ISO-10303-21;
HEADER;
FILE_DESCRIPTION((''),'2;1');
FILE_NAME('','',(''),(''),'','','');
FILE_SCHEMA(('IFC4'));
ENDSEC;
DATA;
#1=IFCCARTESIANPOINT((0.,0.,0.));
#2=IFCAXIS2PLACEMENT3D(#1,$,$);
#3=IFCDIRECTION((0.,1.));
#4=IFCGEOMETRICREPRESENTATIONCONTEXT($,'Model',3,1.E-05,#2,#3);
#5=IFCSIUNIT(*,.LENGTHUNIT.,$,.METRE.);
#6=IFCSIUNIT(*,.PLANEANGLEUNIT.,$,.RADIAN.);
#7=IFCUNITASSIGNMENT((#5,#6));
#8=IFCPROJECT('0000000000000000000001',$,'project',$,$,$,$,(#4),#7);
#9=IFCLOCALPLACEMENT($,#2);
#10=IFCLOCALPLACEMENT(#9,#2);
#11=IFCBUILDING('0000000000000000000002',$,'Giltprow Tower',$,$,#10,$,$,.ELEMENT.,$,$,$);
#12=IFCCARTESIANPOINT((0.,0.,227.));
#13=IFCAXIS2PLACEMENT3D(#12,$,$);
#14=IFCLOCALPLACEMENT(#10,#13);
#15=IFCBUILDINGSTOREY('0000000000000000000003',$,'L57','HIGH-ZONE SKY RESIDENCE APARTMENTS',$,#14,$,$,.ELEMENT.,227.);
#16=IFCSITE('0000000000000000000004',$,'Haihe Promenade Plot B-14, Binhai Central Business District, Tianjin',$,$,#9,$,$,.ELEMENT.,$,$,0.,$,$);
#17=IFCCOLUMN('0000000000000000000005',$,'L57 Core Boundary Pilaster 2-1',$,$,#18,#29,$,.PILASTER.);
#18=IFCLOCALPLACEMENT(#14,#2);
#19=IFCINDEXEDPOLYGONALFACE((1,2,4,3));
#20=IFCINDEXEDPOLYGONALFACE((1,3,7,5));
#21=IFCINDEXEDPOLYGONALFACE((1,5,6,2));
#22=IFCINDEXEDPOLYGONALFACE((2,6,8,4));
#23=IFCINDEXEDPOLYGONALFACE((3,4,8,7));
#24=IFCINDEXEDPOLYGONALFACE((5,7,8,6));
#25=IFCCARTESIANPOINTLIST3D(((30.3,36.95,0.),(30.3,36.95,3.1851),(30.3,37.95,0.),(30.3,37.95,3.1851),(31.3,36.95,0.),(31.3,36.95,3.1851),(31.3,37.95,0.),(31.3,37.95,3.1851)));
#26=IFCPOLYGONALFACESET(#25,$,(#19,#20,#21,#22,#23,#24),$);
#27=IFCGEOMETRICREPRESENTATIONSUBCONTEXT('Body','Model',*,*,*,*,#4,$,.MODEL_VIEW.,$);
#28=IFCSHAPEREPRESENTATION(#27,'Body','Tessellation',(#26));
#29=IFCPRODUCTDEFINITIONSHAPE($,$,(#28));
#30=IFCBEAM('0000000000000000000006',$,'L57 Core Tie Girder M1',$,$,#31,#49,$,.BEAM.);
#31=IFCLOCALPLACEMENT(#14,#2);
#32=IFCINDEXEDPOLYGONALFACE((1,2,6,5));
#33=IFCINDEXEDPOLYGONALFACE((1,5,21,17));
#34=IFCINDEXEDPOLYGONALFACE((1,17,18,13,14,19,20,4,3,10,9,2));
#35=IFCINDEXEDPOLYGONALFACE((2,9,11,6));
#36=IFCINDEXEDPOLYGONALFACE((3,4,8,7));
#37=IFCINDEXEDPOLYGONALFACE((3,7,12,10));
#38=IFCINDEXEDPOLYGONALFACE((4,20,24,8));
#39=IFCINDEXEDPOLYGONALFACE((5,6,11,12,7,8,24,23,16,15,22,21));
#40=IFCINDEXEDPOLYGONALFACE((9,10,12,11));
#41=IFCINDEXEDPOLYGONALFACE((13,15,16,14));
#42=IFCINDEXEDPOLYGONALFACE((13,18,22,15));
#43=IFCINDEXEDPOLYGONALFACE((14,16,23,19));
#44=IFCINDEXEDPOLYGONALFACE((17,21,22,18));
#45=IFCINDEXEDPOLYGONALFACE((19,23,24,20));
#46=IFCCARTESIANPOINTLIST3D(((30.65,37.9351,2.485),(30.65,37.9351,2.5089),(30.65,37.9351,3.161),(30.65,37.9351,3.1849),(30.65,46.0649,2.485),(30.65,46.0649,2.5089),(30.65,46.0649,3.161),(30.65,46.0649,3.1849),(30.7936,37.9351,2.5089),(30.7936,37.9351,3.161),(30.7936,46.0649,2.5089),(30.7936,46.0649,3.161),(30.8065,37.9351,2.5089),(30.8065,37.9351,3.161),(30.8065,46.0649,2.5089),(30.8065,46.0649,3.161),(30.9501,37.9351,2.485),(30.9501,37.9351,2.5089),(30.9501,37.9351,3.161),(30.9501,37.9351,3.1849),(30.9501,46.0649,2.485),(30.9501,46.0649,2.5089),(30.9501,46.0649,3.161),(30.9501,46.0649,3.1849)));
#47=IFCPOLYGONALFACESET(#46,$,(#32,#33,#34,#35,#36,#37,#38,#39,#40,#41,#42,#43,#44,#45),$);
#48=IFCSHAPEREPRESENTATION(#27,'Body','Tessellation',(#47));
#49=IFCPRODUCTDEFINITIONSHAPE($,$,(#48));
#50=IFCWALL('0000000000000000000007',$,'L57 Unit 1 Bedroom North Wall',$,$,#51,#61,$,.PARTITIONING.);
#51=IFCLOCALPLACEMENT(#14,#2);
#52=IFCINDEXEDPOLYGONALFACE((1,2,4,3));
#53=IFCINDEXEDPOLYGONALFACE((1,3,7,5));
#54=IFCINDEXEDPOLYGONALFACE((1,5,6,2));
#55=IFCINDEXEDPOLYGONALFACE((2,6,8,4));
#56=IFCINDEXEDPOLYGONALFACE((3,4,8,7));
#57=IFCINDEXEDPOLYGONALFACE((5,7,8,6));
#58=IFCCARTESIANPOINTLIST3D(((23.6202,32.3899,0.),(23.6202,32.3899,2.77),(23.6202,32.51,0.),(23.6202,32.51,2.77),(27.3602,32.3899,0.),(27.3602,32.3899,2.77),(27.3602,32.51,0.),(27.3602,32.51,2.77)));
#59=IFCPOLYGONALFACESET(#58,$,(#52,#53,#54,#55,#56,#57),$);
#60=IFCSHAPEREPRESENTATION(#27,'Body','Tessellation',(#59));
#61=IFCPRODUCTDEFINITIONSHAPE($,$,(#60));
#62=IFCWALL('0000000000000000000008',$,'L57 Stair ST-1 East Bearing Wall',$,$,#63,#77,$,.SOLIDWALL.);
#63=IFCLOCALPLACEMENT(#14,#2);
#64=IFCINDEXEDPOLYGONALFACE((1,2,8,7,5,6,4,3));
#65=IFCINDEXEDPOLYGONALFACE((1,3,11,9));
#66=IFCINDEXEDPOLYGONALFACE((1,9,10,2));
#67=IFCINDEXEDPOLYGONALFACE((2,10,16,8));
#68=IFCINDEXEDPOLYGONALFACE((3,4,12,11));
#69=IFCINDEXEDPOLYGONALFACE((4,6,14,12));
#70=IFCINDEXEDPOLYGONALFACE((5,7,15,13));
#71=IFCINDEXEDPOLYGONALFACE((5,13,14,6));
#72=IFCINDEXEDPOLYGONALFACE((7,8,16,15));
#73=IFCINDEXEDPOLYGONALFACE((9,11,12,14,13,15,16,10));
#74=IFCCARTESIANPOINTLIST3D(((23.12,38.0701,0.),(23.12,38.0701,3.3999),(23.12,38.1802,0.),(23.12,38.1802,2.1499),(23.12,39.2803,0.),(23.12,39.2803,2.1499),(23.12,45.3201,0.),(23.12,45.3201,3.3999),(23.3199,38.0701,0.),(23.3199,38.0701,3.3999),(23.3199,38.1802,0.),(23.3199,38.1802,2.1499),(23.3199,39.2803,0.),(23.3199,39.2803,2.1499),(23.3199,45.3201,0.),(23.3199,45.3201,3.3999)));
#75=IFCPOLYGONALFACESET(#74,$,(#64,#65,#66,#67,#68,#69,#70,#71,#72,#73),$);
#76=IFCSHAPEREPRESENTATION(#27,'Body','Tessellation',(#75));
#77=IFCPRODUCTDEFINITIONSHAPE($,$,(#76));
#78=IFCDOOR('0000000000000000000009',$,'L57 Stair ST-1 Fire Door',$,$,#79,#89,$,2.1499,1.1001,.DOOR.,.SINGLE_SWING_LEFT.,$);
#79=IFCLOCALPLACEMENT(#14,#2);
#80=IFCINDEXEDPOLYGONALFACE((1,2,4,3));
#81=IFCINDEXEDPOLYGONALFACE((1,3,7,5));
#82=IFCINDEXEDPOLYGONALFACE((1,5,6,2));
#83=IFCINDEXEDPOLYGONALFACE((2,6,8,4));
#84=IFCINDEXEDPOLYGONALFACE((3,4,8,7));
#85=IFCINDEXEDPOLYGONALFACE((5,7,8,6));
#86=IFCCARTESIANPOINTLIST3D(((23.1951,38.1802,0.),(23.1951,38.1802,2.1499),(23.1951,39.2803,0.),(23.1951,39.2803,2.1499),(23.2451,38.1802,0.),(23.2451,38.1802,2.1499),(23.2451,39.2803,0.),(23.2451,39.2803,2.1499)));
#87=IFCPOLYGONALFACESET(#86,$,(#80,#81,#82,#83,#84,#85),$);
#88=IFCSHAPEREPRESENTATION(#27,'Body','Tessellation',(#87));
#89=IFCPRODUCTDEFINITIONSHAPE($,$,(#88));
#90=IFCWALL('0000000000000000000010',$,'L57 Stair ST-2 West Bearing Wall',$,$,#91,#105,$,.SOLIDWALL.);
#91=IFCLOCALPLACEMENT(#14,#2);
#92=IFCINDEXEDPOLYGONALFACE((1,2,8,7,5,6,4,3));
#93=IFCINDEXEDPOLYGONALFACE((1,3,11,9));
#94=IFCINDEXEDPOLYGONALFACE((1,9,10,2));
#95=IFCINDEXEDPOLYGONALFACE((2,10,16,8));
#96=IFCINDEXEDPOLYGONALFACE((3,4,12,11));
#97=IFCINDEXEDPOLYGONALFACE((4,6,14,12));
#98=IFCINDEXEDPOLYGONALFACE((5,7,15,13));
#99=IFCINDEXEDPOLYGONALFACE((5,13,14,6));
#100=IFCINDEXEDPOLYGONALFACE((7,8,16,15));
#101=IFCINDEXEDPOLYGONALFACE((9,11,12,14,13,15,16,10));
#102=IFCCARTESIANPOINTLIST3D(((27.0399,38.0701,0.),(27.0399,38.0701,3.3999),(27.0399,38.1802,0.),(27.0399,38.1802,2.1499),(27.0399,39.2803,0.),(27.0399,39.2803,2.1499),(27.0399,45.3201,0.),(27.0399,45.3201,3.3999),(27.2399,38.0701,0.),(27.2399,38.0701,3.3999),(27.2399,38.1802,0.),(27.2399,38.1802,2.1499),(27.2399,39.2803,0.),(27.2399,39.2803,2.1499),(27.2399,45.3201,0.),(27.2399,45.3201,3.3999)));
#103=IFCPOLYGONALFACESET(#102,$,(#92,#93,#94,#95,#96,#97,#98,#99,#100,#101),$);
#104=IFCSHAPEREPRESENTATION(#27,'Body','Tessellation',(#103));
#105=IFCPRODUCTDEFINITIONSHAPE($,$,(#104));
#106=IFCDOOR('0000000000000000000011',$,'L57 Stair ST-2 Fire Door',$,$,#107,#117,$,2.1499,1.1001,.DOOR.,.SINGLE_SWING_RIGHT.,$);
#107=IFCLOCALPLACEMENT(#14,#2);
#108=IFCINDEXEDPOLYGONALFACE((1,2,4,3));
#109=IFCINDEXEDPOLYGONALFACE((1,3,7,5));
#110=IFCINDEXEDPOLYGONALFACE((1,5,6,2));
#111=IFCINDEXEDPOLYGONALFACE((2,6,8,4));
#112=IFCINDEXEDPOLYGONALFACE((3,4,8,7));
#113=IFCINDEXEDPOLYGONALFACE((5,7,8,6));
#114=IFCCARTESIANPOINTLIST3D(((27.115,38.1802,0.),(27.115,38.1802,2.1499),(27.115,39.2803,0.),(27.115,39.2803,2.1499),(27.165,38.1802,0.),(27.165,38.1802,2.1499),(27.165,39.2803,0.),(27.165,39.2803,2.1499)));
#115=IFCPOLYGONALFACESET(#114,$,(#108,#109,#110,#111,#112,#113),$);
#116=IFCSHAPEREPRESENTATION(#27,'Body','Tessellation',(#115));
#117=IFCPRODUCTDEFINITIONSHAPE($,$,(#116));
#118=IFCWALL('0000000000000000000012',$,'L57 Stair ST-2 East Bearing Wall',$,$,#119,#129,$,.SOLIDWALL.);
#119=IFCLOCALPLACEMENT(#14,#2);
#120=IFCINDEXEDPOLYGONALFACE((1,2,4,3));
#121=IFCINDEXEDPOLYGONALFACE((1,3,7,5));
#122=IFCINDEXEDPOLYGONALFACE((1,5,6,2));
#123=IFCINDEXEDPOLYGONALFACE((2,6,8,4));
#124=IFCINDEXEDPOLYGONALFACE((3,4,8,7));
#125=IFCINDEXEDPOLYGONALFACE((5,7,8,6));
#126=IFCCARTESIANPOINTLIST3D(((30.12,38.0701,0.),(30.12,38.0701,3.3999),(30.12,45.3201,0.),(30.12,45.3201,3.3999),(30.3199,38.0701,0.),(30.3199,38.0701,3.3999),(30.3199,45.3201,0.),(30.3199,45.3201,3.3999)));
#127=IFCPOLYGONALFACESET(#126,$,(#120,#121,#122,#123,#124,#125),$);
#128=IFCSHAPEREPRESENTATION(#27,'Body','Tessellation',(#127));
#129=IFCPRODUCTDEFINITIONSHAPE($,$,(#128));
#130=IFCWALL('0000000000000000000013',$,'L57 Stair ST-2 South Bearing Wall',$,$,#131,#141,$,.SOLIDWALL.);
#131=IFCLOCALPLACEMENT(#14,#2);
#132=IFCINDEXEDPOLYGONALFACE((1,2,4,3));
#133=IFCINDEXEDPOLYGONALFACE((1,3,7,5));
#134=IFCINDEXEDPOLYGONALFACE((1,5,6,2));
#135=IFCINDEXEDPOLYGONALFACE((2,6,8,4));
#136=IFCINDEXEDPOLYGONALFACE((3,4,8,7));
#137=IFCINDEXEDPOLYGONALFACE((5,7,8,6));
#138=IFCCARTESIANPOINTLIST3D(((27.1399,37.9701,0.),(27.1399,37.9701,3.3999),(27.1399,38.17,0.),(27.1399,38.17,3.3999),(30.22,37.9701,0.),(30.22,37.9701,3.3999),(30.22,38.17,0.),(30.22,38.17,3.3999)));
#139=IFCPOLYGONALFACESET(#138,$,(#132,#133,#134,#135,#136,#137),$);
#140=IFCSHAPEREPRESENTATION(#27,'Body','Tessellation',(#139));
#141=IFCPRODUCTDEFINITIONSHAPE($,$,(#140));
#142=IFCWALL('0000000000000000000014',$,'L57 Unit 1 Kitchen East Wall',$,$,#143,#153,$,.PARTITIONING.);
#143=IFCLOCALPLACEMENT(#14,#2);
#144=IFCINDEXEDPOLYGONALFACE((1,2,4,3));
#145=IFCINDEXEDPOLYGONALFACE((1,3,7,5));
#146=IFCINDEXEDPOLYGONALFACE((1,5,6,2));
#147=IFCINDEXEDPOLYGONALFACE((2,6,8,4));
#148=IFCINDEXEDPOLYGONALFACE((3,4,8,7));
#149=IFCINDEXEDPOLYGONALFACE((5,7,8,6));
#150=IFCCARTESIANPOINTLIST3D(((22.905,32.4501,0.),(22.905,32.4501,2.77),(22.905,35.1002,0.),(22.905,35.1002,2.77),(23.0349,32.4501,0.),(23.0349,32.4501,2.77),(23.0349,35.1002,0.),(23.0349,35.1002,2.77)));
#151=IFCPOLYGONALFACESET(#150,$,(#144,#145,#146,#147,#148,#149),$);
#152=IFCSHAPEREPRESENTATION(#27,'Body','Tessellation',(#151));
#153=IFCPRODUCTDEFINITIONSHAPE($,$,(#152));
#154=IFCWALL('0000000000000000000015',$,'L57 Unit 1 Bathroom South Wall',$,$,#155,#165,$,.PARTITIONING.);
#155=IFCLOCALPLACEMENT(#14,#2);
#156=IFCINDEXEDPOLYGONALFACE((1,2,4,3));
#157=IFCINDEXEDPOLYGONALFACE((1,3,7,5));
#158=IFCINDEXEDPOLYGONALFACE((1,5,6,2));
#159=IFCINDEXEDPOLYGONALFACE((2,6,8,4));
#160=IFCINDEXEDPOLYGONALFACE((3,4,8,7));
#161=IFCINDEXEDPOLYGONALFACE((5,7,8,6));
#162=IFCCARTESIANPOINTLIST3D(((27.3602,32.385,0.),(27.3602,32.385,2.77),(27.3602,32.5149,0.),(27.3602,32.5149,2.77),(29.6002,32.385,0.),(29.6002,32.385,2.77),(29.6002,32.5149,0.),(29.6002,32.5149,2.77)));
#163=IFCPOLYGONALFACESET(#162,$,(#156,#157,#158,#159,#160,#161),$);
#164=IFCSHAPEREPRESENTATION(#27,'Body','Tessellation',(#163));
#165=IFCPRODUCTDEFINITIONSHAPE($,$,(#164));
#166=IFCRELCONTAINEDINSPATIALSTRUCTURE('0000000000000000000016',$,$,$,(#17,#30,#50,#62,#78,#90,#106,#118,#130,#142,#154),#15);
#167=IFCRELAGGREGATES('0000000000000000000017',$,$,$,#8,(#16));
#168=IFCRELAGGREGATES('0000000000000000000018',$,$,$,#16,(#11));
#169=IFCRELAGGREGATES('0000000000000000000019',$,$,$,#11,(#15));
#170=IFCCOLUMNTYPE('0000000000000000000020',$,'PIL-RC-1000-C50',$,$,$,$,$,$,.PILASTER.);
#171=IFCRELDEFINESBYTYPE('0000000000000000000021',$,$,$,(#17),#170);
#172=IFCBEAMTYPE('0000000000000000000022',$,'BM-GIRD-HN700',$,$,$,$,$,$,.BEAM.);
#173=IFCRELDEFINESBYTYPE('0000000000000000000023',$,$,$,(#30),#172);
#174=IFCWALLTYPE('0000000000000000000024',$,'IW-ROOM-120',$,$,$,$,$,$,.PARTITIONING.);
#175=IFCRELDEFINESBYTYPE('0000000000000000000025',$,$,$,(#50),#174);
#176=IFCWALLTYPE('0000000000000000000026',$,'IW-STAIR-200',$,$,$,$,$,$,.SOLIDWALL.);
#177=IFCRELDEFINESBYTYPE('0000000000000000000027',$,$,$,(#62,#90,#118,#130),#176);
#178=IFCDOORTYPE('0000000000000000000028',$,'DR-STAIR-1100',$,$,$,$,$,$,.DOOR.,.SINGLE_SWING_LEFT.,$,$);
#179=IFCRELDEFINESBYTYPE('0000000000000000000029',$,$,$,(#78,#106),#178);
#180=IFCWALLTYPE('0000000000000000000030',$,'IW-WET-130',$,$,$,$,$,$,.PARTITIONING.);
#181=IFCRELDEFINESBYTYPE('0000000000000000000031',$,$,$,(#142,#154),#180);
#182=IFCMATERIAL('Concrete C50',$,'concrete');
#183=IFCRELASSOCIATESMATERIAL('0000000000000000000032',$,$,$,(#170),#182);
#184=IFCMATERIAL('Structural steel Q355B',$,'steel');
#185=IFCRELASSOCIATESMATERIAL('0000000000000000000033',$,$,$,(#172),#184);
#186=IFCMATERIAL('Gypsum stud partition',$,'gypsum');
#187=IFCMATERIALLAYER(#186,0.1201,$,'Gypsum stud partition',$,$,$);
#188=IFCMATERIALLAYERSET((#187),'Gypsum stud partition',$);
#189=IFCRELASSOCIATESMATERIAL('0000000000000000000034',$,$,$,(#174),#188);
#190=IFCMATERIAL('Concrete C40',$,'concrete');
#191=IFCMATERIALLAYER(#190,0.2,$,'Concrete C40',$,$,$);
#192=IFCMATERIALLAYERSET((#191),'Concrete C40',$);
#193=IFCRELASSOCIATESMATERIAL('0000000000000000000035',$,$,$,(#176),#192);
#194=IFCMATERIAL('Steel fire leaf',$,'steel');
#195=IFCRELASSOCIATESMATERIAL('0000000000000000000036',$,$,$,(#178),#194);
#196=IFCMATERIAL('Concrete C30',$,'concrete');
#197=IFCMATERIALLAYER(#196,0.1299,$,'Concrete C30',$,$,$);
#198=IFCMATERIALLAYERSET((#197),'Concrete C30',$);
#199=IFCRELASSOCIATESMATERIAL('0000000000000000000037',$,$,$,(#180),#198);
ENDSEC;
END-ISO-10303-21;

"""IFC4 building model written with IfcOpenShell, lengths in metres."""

from ifc_helpers import new_model, si_unit, direction, frame, frame_2d, origin, origin_2d, place, context, subcontext, project, spatial, rectangle, i_section, extrude, source, transform, mapped, material, layer, layer_set, material_profile, profile_set, type_object, element, fill, save


model = new_model("IFC4")

# Units and contexts
model_context = context("Model", 3, precision=1e-05, world=origin(), true_north=direction((0.0, 1.0)))
body_context = subcontext(model_context, "Body", "Model", "MODEL_VIEW")
ifc_project = project(units=[si_unit("LENGTHUNIT", "METRE"), si_unit("PLANEANGLEUNIT", "RADIAN")], contexts=[model_context])

# Site, building, storey
site_placement = place(None, origin())
site = spatial("IfcSite", under=ifc_project, at=site_placement, Name="Haihe Promenade Plot B-14, Binhai Central Business District, Tianjin", CompositionType="ELEMENT", RefElevation=0.0)
building_placement = place(site_placement, origin())
building = spatial("IfcBuilding", under=site, at=building_placement, Name="Giltprow Tower", CompositionType="ELEMENT")
storey_placement = place(building_placement, frame((0.0, 0.0, 227.0)))
storey = spatial("IfcBuildingStorey", under=building, at=storey_placement, Name="L57", Description="HIGH-ZONE SKY RESIDENCE APARTMENTS", CompositionType="ELEMENT", Elevation=227.0)

# Column
ifc_material_1 = material(Name="Concrete C50", Category="concrete")
ifc_material_profile_1 = material_profile(ifc_material_1, rectangle(XDim=1.0, YDim=1.0, at=origin_2d()), Name="RC 1000x1000")
ifc_profile_set_1 = profile_set([ifc_material_profile_1], Name="Concrete C50")
column_type = type_object("IfcColumnType", Name="PIL-RC-1000-C50", PredefinedType="PILASTER", material=ifc_profile_set_1)
shared_shape_1 = source(origin(), body_context, "Body", "SweptSolid", [
    extrude(rectangle(XDim=1.0, YDim=1.0, at=origin_2d()), origin(), (0.0, 0.0, 1.0), 3.1851),
])
column_placement = place(storey_placement, frame((30.8, 37.45, 0.0), z_axis=(0.0, 0.0, 1.0), x_axis=(1.0, 0.0, 0.0)))
element("IfcColumn", 1, at=column_placement, inside=storey, type_object=column_type, Name="L57 Core Boundary Pilaster 2-1", PredefinedType="PILASTER", context=body_context, shape_type="MappedRepresentation", body=[
    mapped(shared_shape_1, transform((0.0, 0.0, 0.0), x_axis=(1.0, 0.0, 0.0), y_axis=(0.0, 1.0, 0.0), z_axis=(0.0, 0.0, 1.0), scale=1.0)),
])

# Beam
ifc_material_2 = material(Name="Structural steel Q355B", Category="steel")
ifc_material_profile_2 = material_profile(ifc_material_2, i_section(OverallWidth=0.3, OverallDepth=0.7, WebThickness=0.0129, FlangeThickness=0.0239, at=origin_2d()), Name="HN 700x300x13x24")
ifc_profile_set_2 = profile_set([ifc_material_profile_2], Name="Structural steel Q355B")
beam_type = type_object("IfcBeamType", Name="BM-GIRD-HN700", PredefinedType="BEAM", material=ifc_profile_set_2)
shared_shape_2 = source(origin(), body_context, "Body", "SweptSolid", [
    extrude(i_section(OverallWidth=0.3, OverallDepth=0.7, WebThickness=0.0129, FlangeThickness=0.0239, at=origin_2d()), origin(), (0.0, 0.0, 1.0), 8.1299),
])
beam_placement = place(storey_placement, frame((30.8, 37.9351, 2.835), z_axis=(0.0, 1.0, 0.0), x_axis=(-1.0, 0.0, 0.0)))
element("IfcBeam", 2, at=beam_placement, inside=storey, type_object=beam_type, Name="L57 Core Tie Girder M1", PredefinedType="BEAM", context=body_context, shape_type="MappedRepresentation", body=[
    mapped(shared_shape_2, transform((0.0, 0.0, 0.0), x_axis=(1.0, 0.0, 0.0), y_axis=(0.0, 1.0, 0.0), z_axis=(0.0, 0.0, 1.0), scale=1.0)),
])

# Wall
ifc_material_3 = material(Name="Gypsum stud partition", Category="gypsum")
ifc_layer_1 = layer(ifc_material_3, 0.1201, Name="Gypsum stud partition")
ifc_layer_set_1 = layer_set([ifc_layer_1], Name="Gypsum stud partition")
wall_type_1 = type_object("IfcWallType", Name="IW-ROOM-120", PredefinedType="PARTITIONING", material=ifc_layer_set_1)
wall_1_placement = place(storey_placement, frame((23.6201, 32.45, 0.0), z_axis=(0.0, 0.0, 1.0), x_axis=(1.0, 0.0, 0.0)))
element("IfcWall", 3, at=wall_1_placement, inside=storey, type_object=wall_type_1, Name="L57 Unit 1 Bedroom North Wall", PredefinedType="PARTITIONING", context=body_context, shape_type="SweptSolid", body=[
    extrude(rectangle(XDim=3.74, YDim=0.1201, at=frame_2d((1.8701, 0.0))), origin(), (0.0, 0.0, 1.0), 2.77),
])

# Walls, openings, doors
ifc_material_4 = material(Name="Concrete C40", Category="concrete")
ifc_layer_2 = layer(ifc_material_4, 0.2, Name="Concrete C40")
ifc_layer_set_2 = layer_set([ifc_layer_2], Name="Concrete C40")
wall_type_2 = type_object("IfcWallType", Name="IW-STAIR-200", PredefinedType="SOLIDWALL", material=ifc_layer_set_2)
wall_2_placement = place(storey_placement, frame((23.22, 38.0701, 0.0), z_axis=(0.0, 0.0, 1.0), x_axis=(0.0, 1.0, 0.0)))
wall_2 = element("IfcWall", 4, at=wall_2_placement, inside=storey, type_object=wall_type_2, Name="L57 Stair ST-1 East Bearing Wall", PredefinedType="SOLIDWALL", context=body_context, shape_type="SweptSolid", body=[
    extrude(rectangle(XDim=7.25, YDim=0.2, at=frame_2d((3.625, 0.0))), origin(), (0.0, 0.0, 1.0), 3.3999),
])
opening_1_placement = place(wall_2_placement, frame((0.1101, 0.0, 0.0)))
opening_1 = element("IfcOpeningElement", 5, at=opening_1_placement, cuts=wall_2, PredefinedType="OPENING", context=body_context, shape_type="SweptSolid", body=[
    extrude(rectangle(XDim=1.1001, YDim=2.1499, at=frame_2d((0.55, 1.075))), frame((0.0, 0.1099, 0.0), z_axis=(0.0, -1.0, 0.0), x_axis=(1.0, 0.0, 0.0)), (0.0, 0.0, 1.0), 0.22),
])
ifc_material_5 = material(Name="Steel fire leaf", Category="steel")
door_type_1 = type_object("IfcDoorType", Name="DR-STAIR-1100", OperationType="SINGLE_SWING_LEFT", PredefinedType="DOOR", material=ifc_material_5)
shared_shape_3 = source(origin(), body_context, "Body", "SweptSolid", [
    extrude(rectangle(XDim=1.1001, YDim=2.1499, at=frame_2d((0.55, 1.075))), frame((0.0, 0.0249, 0.0), z_axis=(0.0, -1.0, 0.0), x_axis=(1.0, 0.0, 0.0)), (0.0, 0.0, 1.0), 0.05),
])
door_1_placement = place(opening_1_placement, origin())
door_1 = element("IfcDoor", 6, at=door_1_placement, inside=storey, type_object=door_type_1, Name="L57 Stair ST-1 Fire Door", OperationType="SINGLE_SWING_LEFT", OverallHeight=2.1499, OverallWidth=1.1001, PredefinedType="DOOR", context=body_context, shape_type="MappedRepresentation", body=[
    mapped(shared_shape_3, transform((0.0, 0.0, 0.0), x_axis=(1.0, 0.0, 0.0), y_axis=(0.0, 1.0, 0.0), z_axis=(0.0, 0.0, 1.0), scale=1.0)),
])
fill(opening_1, door_1)
wall_3_placement = place(storey_placement, frame((27.1399, 38.0701, 0.0), z_axis=(0.0, 0.0, 1.0), x_axis=(0.0, 1.0, 0.0)))
wall_3 = element("IfcWall", 7, at=wall_3_placement, inside=storey, type_object=wall_type_2, Name="L57 Stair ST-2 West Bearing Wall", PredefinedType="SOLIDWALL", context=body_context, shape_type="SweptSolid", body=[
    extrude(rectangle(XDim=7.25, YDim=0.2, at=frame_2d((3.625, 0.0))), origin(), (0.0, 0.0, 1.0), 3.3999),
])
opening_2_placement = place(wall_3_placement, frame((0.1101, 0.0, 0.0)))
opening_2 = element("IfcOpeningElement", 8, at=opening_2_placement, cuts=wall_3, PredefinedType="OPENING", context=body_context, shape_type="SweptSolid", body=[
    extrude(rectangle(XDim=1.1001, YDim=2.1499, at=frame_2d((0.55, 1.075))), frame((0.0, 0.1099, 0.0), z_axis=(0.0, -1.0, 0.0), x_axis=(1.0, 0.0, 0.0)), (0.0, 0.0, 1.0), 0.22),
])
door_2_placement = place(opening_2_placement, origin())
door_2 = element("IfcDoor", 9, at=door_2_placement, inside=storey, type_object=door_type_1, Name="L57 Stair ST-2 Fire Door", OperationType="SINGLE_SWING_RIGHT", OverallHeight=2.1499, OverallWidth=1.1001, PredefinedType="DOOR", context=body_context, shape_type="MappedRepresentation", body=[
    mapped(shared_shape_3, transform((0.0, 0.0, 0.0), x_axis=(1.0, 0.0, 0.0), y_axis=(0.0, 1.0, 0.0), z_axis=(0.0, 0.0, 1.0), scale=1.0)),
])
fill(opening_2, door_2)

# Walls
wall_4_placement = place(storey_placement, frame((30.22, 38.0701, 0.0), z_axis=(0.0, 0.0, 1.0), x_axis=(0.0, 1.0, 0.0)))
element("IfcWall", 10, at=wall_4_placement, inside=storey, type_object=wall_type_2, Name="L57 Stair ST-2 East Bearing Wall", PredefinedType="SOLIDWALL", context=body_context, shape_type="SweptSolid", body=[
    extrude(rectangle(XDim=7.25, YDim=0.2, at=frame_2d((3.625, 0.0))), origin(), (0.0, 0.0, 1.0), 3.3999),
])
wall_5_placement = place(storey_placement, frame((27.1399, 38.0701, 0.0), z_axis=(0.0, 0.0, 1.0), x_axis=(1.0, 0.0, 0.0)))
element("IfcWall", 11, at=wall_5_placement, inside=storey, type_object=wall_type_2, Name="L57 Stair ST-2 South Bearing Wall", PredefinedType="SOLIDWALL", context=body_context, shape_type="SweptSolid", body=[
    extrude(rectangle(XDim=3.0801, YDim=0.2, at=frame_2d((1.54, 0.0))), origin(), (0.0, 0.0, 1.0), 3.3999),
])
ifc_material_6 = material(Name="Concrete C30", Category="concrete")
ifc_layer_3 = layer(ifc_material_6, 0.1299, Name="Concrete C30")
ifc_layer_set_3 = layer_set([ifc_layer_3], Name="Concrete C30")
wall_type_3 = type_object("IfcWallType", Name="IW-WET-130", PredefinedType="PARTITIONING", material=ifc_layer_set_3)
wall_6_placement = place(storey_placement, frame((22.97, 32.45, 0.0), z_axis=(0.0, 0.0, 1.0), x_axis=(0.0, 1.0, 0.0)))
element("IfcWall", 12, at=wall_6_placement, inside=storey, type_object=wall_type_3, Name="L57 Unit 1 Kitchen East Wall", PredefinedType="PARTITIONING", context=body_context, shape_type="SweptSolid", body=[
    extrude(rectangle(XDim=2.6501, YDim=0.1299, at=frame_2d((1.3252, 0.0))), origin(), (0.0, 0.0, 1.0), 2.77),
])
wall_7_placement = place(storey_placement, frame((27.3601, 32.45, 0.0), z_axis=(0.0, 0.0, 1.0), x_axis=(1.0, 0.0, 0.0)))
element("IfcWall", 13, at=wall_7_placement, inside=storey, type_object=wall_type_3, Name="L57 Unit 1 Bathroom South Wall", PredefinedType="PARTITIONING", context=body_context, shape_type="SweptSolid", body=[
    extrude(rectangle(XDim=2.24, YDim=0.1299, at=frame_2d((1.1201, 0.0))), origin(), (0.0, 0.0, 1.0), 2.77),
])

save(model, "model.ifc")
